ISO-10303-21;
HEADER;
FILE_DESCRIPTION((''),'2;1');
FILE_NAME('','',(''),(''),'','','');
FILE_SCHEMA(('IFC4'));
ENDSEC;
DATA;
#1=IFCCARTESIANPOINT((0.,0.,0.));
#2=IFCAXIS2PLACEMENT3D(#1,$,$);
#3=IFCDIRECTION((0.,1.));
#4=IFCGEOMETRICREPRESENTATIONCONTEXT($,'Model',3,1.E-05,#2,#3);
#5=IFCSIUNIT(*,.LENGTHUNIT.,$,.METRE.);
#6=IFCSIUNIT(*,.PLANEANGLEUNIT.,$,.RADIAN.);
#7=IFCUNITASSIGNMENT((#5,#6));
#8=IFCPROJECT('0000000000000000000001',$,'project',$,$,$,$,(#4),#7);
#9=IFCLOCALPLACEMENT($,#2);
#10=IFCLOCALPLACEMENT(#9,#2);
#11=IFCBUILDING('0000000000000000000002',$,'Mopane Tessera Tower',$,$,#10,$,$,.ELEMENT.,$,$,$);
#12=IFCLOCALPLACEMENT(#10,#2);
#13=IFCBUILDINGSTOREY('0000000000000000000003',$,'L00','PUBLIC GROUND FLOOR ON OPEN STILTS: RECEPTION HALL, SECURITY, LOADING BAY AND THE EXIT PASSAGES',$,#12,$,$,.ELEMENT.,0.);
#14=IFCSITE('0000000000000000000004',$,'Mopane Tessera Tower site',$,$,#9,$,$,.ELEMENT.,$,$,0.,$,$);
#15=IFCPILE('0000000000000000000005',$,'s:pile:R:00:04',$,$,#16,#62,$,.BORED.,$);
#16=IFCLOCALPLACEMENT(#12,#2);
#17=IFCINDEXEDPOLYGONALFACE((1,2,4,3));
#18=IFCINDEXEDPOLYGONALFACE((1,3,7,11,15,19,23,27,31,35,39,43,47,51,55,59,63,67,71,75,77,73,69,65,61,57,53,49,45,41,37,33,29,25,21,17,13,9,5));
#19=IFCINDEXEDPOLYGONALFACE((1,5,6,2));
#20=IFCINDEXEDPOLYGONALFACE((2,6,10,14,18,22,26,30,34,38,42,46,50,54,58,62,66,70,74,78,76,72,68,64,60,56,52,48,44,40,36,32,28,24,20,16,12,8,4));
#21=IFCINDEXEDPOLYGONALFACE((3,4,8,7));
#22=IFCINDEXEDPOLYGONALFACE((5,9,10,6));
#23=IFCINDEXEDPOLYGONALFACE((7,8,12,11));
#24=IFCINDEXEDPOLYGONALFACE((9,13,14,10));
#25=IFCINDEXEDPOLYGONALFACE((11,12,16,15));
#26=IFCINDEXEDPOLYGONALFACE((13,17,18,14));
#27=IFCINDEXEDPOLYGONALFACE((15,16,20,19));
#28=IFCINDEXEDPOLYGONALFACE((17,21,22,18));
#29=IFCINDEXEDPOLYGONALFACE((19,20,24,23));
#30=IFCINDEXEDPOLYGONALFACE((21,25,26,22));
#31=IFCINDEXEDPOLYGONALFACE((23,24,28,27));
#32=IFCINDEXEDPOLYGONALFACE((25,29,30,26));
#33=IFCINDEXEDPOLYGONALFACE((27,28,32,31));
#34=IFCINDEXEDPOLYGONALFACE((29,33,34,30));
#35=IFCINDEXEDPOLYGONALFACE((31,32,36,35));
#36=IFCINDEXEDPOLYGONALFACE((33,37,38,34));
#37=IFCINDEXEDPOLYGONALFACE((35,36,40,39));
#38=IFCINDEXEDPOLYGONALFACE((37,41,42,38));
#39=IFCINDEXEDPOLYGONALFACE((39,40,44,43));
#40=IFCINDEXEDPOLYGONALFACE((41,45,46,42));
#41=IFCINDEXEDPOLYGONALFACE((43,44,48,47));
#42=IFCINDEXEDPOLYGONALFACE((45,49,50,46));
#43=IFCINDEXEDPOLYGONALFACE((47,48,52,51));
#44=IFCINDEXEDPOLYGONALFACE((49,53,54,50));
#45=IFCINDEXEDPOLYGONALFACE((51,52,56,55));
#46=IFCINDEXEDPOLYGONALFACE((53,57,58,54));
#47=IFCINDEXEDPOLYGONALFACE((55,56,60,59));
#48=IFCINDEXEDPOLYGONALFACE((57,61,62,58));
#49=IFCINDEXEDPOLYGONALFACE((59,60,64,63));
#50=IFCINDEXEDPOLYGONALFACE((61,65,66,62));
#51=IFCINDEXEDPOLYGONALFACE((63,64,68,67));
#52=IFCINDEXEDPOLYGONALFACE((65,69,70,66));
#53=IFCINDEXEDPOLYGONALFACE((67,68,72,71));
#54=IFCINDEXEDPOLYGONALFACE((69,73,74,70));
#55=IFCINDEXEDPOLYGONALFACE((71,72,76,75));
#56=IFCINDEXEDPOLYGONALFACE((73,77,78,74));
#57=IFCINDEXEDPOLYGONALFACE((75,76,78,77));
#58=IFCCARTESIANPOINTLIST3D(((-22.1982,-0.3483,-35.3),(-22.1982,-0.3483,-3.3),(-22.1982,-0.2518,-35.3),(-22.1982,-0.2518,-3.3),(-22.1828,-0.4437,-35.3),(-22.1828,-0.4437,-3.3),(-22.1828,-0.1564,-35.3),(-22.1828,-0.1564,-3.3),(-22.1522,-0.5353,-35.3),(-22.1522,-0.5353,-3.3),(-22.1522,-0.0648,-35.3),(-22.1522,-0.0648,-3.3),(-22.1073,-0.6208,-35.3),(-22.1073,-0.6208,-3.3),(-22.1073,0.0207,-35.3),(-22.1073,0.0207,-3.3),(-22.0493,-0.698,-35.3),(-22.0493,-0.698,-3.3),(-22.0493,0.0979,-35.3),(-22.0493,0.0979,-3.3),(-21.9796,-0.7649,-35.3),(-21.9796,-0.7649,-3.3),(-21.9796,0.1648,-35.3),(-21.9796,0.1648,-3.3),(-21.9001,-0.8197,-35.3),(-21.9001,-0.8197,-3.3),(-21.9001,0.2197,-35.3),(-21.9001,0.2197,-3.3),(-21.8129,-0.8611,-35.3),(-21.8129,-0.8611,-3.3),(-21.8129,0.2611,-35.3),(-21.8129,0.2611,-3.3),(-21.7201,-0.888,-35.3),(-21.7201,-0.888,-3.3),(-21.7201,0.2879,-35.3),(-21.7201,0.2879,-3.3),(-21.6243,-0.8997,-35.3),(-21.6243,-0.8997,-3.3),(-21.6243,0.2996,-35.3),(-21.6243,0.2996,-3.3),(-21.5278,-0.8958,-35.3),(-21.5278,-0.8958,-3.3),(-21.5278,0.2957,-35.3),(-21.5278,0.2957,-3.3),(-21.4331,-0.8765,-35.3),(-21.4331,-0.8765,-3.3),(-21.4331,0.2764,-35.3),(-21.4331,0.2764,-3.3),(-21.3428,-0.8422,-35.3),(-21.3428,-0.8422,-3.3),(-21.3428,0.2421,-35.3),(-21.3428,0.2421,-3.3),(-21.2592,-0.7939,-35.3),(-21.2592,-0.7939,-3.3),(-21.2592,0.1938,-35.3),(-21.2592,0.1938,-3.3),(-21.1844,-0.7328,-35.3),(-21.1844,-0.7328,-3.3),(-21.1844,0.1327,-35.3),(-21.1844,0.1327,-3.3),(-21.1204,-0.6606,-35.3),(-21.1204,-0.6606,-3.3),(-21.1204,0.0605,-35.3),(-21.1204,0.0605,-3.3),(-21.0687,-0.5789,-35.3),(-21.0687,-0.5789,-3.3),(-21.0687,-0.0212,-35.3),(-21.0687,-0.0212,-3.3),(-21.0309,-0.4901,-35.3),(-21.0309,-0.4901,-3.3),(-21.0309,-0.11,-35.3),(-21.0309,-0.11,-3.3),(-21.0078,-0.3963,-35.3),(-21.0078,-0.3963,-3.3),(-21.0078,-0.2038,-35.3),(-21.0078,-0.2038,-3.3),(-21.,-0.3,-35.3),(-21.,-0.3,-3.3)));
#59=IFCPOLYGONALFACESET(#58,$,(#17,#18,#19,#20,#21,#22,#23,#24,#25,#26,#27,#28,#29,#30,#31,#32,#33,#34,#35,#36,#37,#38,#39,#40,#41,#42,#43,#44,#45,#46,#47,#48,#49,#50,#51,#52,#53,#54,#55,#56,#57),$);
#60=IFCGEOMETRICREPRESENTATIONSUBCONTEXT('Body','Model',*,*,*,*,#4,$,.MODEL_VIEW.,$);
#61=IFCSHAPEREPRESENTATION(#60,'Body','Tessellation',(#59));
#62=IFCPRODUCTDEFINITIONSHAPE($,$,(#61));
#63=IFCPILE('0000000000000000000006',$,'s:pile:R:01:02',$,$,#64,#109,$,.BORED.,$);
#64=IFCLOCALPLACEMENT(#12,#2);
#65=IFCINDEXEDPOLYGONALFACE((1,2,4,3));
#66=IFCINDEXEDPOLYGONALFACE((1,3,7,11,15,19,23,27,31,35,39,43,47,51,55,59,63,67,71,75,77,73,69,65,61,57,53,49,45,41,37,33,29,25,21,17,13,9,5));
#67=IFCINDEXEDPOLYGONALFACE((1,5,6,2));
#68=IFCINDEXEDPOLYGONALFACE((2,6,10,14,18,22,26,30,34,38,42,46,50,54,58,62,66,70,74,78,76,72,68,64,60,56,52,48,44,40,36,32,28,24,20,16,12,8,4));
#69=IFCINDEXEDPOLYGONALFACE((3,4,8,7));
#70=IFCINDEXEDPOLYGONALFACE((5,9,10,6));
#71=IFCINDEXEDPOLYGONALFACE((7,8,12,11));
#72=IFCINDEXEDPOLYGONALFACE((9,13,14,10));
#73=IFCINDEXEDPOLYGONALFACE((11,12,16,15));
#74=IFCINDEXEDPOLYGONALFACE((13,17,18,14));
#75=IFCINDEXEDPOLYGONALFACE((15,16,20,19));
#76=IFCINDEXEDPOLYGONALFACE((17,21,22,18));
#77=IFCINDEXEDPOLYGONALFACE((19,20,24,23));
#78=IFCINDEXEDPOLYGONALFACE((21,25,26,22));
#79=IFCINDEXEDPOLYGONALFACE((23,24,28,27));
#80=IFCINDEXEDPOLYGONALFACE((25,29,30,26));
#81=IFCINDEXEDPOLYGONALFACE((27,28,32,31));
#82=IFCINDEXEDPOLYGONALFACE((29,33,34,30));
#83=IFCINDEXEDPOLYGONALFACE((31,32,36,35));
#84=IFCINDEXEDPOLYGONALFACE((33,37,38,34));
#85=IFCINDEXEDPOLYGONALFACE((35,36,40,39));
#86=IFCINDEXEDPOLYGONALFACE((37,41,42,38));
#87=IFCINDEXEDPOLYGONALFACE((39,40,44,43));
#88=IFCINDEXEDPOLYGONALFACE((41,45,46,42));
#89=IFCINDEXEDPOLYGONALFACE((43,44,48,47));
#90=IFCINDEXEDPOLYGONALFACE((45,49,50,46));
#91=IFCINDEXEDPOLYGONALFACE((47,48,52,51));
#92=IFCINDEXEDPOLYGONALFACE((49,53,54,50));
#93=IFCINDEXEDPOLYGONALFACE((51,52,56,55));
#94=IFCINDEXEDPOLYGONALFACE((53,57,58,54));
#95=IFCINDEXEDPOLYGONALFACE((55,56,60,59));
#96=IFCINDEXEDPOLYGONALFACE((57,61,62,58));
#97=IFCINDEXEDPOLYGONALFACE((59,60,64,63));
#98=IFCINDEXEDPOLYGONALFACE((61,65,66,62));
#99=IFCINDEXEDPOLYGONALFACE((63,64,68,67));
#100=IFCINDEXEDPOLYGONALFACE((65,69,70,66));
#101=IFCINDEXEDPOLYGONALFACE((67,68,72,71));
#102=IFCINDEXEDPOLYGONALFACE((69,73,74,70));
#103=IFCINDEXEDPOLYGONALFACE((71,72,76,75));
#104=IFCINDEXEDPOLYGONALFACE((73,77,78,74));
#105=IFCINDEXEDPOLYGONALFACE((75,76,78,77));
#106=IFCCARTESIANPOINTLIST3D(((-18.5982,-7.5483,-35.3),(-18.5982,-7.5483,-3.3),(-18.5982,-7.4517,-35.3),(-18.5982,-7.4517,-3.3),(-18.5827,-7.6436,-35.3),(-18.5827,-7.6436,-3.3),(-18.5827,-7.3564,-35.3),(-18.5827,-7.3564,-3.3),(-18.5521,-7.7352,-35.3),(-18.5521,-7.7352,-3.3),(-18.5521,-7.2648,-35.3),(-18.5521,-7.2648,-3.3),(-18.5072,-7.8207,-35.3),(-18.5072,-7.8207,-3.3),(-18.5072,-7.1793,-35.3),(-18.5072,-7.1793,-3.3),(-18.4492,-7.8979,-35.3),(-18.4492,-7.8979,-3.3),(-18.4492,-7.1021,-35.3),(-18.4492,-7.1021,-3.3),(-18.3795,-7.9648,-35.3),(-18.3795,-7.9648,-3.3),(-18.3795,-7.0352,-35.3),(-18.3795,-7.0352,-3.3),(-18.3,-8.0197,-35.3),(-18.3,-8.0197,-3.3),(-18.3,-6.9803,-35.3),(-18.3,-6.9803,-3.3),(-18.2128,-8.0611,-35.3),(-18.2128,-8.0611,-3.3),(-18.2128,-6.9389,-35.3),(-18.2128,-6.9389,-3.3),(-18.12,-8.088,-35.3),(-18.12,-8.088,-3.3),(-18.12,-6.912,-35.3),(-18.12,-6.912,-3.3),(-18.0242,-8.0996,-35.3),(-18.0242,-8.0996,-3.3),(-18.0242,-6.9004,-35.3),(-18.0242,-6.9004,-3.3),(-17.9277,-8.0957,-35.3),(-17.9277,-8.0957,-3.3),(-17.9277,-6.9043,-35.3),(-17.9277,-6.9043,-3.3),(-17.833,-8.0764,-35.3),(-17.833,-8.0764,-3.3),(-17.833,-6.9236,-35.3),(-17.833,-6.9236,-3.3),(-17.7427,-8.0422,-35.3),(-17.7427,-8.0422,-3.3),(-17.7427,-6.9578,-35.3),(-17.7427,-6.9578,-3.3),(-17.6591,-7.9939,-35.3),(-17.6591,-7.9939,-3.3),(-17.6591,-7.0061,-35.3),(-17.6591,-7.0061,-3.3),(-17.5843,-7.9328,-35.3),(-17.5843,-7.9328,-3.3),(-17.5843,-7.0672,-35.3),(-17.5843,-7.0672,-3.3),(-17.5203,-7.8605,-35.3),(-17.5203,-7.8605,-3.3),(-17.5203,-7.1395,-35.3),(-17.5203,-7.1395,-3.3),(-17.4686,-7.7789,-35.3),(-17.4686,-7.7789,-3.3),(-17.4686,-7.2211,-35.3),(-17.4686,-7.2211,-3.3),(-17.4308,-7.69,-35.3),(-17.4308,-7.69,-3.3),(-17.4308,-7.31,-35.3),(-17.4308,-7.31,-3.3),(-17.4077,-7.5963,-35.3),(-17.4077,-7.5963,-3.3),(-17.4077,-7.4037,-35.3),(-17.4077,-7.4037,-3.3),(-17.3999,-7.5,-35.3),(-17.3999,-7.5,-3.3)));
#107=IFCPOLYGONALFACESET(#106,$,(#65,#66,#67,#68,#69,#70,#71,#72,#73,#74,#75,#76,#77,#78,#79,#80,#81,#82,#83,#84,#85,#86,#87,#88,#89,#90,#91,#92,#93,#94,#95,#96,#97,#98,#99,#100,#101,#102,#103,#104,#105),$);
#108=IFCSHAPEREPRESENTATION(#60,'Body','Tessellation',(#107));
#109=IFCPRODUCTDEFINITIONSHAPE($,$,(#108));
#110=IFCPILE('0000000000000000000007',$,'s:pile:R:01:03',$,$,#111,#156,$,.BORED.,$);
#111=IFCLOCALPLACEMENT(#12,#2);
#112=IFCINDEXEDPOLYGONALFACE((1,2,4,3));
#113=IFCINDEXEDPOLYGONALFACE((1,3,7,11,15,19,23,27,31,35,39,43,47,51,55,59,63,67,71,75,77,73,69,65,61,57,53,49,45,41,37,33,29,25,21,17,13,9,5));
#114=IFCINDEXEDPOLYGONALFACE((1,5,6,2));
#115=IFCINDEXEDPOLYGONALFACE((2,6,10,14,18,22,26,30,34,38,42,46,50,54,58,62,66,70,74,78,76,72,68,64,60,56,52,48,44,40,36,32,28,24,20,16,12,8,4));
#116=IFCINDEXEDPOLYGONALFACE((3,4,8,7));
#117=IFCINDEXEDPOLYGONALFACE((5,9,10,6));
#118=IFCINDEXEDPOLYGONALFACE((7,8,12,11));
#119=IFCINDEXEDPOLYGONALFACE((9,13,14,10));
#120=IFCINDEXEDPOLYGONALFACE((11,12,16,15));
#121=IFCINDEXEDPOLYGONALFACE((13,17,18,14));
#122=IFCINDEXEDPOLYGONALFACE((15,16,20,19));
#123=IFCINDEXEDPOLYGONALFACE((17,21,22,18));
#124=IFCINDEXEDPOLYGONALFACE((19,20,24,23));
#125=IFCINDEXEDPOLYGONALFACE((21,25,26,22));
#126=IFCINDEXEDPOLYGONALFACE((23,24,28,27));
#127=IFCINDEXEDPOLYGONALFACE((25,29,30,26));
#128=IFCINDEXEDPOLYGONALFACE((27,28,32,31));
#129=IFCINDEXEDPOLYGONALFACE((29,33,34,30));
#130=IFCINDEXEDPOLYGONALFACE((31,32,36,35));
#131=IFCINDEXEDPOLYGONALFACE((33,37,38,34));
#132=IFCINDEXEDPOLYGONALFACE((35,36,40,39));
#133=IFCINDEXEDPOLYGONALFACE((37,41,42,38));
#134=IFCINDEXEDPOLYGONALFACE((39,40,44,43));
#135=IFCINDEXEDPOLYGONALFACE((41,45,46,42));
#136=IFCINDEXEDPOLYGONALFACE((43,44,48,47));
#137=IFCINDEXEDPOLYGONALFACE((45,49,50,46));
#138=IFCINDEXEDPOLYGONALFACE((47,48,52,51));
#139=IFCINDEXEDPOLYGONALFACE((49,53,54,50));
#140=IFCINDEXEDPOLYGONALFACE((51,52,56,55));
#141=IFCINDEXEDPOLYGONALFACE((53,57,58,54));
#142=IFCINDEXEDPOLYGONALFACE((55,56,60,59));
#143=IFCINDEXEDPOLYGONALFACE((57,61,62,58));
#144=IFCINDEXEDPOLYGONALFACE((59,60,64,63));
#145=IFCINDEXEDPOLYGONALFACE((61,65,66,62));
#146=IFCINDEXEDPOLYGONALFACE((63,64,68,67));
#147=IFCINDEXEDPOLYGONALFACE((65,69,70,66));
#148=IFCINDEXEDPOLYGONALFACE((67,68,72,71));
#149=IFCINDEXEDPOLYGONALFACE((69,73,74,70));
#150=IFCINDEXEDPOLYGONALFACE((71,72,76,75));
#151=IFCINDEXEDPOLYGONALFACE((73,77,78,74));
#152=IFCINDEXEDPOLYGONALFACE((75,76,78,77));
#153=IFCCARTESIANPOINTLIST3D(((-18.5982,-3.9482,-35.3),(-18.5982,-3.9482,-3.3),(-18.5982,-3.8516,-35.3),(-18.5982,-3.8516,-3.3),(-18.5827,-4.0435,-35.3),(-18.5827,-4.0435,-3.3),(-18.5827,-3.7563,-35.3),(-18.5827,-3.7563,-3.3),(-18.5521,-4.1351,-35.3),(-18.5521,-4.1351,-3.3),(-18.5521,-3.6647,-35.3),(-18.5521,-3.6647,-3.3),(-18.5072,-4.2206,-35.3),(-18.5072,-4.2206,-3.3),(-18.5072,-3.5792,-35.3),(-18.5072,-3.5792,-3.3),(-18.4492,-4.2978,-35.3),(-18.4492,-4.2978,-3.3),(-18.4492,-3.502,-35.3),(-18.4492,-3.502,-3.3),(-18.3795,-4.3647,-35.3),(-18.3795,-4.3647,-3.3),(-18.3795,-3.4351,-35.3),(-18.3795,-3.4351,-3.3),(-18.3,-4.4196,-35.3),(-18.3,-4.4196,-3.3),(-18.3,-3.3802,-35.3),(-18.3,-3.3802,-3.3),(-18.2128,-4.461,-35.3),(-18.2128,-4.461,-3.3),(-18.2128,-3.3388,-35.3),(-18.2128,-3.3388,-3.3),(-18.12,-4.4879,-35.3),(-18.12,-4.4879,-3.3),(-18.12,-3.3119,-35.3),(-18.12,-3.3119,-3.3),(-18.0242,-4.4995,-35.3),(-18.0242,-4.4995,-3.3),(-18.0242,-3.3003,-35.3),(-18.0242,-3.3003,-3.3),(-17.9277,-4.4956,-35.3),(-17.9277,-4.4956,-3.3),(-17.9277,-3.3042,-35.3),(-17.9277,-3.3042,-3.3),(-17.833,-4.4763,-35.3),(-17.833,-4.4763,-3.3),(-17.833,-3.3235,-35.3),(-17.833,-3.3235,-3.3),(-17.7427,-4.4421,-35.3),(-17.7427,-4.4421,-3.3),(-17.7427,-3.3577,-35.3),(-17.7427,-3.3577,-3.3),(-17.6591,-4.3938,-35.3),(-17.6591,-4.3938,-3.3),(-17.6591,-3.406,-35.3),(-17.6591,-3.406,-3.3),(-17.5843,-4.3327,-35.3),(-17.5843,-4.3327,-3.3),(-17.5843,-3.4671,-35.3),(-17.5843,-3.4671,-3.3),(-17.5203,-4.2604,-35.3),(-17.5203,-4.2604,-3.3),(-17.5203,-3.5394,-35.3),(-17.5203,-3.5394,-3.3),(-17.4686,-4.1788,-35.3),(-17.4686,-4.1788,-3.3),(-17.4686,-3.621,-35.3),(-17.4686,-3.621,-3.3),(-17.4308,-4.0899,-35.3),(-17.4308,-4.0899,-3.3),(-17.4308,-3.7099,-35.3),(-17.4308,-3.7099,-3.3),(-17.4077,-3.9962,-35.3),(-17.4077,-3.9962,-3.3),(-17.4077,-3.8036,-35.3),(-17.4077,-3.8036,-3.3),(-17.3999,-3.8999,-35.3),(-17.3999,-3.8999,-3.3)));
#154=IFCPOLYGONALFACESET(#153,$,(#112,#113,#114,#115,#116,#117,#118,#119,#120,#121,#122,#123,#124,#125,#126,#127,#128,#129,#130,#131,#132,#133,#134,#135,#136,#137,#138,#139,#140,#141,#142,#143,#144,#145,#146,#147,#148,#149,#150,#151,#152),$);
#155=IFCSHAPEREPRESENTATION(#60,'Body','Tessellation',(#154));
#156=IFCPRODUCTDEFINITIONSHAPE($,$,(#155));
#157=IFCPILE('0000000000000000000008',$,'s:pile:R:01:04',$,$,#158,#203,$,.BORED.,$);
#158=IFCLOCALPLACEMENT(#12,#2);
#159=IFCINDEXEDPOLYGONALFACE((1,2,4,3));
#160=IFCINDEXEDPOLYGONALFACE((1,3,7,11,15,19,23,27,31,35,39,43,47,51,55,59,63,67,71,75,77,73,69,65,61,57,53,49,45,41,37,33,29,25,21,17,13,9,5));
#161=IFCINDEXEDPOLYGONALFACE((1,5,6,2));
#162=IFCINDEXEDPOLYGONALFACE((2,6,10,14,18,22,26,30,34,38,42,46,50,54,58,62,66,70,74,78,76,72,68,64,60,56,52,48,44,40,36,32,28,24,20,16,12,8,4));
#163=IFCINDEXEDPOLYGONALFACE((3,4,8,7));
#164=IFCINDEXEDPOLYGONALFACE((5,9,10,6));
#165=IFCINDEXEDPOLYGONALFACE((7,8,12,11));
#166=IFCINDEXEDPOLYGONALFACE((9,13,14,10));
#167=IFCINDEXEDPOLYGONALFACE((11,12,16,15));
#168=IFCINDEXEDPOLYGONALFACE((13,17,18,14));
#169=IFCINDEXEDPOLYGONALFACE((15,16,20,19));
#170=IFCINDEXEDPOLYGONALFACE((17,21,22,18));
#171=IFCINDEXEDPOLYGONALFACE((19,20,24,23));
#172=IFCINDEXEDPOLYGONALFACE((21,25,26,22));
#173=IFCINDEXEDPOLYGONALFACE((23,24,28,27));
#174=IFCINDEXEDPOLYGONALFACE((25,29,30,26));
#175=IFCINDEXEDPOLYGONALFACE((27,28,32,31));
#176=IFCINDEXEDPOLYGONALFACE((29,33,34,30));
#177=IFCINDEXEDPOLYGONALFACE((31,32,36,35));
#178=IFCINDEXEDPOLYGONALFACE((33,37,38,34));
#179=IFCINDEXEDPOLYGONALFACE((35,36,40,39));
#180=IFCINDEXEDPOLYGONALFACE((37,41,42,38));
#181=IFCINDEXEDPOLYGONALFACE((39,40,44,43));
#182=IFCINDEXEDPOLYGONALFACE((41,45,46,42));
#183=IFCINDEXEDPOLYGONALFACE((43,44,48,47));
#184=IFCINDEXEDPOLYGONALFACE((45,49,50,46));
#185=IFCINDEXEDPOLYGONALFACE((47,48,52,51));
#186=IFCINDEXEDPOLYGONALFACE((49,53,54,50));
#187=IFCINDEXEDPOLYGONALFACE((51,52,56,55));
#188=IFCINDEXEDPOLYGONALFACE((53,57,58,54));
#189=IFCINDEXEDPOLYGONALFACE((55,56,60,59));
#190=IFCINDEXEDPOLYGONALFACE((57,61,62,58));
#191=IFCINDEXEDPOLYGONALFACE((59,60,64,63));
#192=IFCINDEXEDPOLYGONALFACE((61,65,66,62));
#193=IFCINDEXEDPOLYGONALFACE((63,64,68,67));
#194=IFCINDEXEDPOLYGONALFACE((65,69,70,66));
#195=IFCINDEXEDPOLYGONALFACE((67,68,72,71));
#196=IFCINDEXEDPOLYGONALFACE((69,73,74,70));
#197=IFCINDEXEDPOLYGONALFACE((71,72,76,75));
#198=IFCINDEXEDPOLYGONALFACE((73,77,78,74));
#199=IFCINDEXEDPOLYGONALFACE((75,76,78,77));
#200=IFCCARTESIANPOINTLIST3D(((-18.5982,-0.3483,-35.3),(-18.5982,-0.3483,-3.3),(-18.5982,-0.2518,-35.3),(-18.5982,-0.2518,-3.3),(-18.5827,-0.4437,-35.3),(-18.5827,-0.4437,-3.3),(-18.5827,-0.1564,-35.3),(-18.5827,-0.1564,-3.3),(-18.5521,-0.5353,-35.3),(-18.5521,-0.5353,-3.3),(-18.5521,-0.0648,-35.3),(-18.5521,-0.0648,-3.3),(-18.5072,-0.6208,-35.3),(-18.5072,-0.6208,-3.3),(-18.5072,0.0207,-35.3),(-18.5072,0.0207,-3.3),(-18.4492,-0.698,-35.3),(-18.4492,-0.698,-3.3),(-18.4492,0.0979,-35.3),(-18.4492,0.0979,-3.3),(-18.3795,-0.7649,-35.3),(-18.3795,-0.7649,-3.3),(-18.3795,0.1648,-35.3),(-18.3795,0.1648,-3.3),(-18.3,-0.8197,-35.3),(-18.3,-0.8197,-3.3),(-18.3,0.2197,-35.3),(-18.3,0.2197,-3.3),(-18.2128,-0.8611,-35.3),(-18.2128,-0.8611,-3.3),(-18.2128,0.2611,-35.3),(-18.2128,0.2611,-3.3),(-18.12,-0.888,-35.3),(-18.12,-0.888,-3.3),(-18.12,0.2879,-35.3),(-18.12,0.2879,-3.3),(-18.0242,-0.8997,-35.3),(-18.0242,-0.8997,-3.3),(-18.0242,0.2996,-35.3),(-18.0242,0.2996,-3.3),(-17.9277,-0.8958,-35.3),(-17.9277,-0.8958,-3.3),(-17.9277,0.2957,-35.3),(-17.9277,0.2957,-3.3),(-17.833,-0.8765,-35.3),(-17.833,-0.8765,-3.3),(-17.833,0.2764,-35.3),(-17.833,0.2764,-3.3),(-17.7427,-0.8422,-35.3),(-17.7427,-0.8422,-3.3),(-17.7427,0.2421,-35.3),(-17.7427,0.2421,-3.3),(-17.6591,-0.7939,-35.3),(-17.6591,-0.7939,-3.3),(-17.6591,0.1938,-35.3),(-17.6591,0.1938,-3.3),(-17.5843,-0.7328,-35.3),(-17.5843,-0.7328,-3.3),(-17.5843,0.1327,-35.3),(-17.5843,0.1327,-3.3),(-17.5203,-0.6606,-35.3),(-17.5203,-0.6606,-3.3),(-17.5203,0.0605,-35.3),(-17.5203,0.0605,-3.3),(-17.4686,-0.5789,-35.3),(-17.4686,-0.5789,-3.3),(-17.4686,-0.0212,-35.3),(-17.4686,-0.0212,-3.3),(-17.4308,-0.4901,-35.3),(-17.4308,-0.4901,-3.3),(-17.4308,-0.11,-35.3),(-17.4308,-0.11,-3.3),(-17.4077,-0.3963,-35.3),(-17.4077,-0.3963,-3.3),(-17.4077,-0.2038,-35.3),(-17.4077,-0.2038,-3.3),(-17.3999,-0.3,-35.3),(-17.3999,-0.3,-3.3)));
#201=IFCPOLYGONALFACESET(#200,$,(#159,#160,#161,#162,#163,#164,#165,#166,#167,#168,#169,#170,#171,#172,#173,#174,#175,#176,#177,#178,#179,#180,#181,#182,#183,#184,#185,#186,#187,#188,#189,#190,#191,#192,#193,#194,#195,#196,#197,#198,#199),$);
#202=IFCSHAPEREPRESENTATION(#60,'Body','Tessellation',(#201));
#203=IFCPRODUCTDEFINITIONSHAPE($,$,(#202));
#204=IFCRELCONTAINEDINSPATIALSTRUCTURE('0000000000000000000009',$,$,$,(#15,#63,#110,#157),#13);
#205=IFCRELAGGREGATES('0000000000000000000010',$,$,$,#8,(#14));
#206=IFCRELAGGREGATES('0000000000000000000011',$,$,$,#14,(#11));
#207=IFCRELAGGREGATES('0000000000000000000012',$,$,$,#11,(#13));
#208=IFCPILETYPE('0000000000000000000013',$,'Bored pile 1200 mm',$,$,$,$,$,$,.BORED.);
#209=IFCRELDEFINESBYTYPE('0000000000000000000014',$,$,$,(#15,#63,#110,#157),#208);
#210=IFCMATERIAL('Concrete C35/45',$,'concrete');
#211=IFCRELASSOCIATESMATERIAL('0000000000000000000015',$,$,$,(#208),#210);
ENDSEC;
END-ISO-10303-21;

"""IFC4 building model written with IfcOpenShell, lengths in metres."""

from ifc_helpers import new_model, si_unit, direction, frame, origin, origin_2d, place, context, subcontext, project, spatial, circle, extrude, material, material_profile, profile_set, type_object, element, save


model = new_model("IFC4")

# Units and contexts
model_context = context("Model", 3, precision=1e-05, world=origin(), true_north=direction((0.0, 1.0)))
body_context = subcontext(model_context, "Body", "Model", "MODEL_VIEW")
ifc_project = project(units=[si_unit("LENGTHUNIT", "METRE"), si_unit("PLANEANGLEUNIT", "RADIAN")], contexts=[model_context])

# Site, building, storey
site_placement = place(None, origin())
site = spatial("IfcSite", under=ifc_project, at=site_placement, Name="Mopane Tessera Tower site", CompositionType="ELEMENT", RefElevation=0.0)
building_placement = place(site_placement, origin())
building = spatial("IfcBuilding", under=site, at=building_placement, Name="Mopane Tessera Tower", CompositionType="ELEMENT")
storey_placement = place(building_placement, origin())
storey = spatial("IfcBuildingStorey", under=building, at=storey_placement, Name="L00", Description="PUBLIC GROUND FLOOR ON OPEN STILTS: RECEPTION HALL, SECURITY, LOADING BAY AND THE EXIT PASSAGES", CompositionType="ELEMENT", Elevation=0.0)

# Piles
ifc_material_1 = material(Name="Concrete C35/45", Category="concrete")
ifc_material_profile_1 = material_profile(ifc_material_1, circle(Radius=0.6001, at=origin_2d()))
ifc_profile_set_1 = profile_set([ifc_material_profile_1], Name="Concrete C35/45")
pile_type_1 = type_object("IfcPileType", Name="Bored pile 1200 mm", PredefinedType="BORED", material=ifc_profile_set_1)
for number, where, z_axis, x_axis, name in (
    (1, (-21.6001, -0.3, -3.3), (0.0, 0.0, -1.0), (1.0, 0.0, 0.0), "s:pile:R:00:04"),
    (2, (-18.0, -7.5, -3.3), (0.0, 0.0, -1.0), (1.0, 0.0, 0.0), "s:pile:R:01:02"),
    (3, (-18.0, -3.8999, -3.3), (0.0, 0.0, -1.0), (1.0, 0.0, 0.0), "s:pile:R:01:03"),
    (4, (-18.0, -0.3, -3.3), (0.0, 0.0, -1.0), (1.0, 0.0, 0.0), "s:pile:R:01:04"),
):
    element("IfcPile", number, at=place(storey_placement, frame(where, z_axis=z_axis, x_axis=x_axis)), inside=storey, type_object=pile_type_1, Name=name, PredefinedType="BORED", context=body_context, shape_type="SweptSolid", body=[
        extrude(circle(Radius=0.6001, at=origin_2d()), origin(), (0.0, 0.0, 1.0), 32.0),
    ])

save(model, "model.ifc")
